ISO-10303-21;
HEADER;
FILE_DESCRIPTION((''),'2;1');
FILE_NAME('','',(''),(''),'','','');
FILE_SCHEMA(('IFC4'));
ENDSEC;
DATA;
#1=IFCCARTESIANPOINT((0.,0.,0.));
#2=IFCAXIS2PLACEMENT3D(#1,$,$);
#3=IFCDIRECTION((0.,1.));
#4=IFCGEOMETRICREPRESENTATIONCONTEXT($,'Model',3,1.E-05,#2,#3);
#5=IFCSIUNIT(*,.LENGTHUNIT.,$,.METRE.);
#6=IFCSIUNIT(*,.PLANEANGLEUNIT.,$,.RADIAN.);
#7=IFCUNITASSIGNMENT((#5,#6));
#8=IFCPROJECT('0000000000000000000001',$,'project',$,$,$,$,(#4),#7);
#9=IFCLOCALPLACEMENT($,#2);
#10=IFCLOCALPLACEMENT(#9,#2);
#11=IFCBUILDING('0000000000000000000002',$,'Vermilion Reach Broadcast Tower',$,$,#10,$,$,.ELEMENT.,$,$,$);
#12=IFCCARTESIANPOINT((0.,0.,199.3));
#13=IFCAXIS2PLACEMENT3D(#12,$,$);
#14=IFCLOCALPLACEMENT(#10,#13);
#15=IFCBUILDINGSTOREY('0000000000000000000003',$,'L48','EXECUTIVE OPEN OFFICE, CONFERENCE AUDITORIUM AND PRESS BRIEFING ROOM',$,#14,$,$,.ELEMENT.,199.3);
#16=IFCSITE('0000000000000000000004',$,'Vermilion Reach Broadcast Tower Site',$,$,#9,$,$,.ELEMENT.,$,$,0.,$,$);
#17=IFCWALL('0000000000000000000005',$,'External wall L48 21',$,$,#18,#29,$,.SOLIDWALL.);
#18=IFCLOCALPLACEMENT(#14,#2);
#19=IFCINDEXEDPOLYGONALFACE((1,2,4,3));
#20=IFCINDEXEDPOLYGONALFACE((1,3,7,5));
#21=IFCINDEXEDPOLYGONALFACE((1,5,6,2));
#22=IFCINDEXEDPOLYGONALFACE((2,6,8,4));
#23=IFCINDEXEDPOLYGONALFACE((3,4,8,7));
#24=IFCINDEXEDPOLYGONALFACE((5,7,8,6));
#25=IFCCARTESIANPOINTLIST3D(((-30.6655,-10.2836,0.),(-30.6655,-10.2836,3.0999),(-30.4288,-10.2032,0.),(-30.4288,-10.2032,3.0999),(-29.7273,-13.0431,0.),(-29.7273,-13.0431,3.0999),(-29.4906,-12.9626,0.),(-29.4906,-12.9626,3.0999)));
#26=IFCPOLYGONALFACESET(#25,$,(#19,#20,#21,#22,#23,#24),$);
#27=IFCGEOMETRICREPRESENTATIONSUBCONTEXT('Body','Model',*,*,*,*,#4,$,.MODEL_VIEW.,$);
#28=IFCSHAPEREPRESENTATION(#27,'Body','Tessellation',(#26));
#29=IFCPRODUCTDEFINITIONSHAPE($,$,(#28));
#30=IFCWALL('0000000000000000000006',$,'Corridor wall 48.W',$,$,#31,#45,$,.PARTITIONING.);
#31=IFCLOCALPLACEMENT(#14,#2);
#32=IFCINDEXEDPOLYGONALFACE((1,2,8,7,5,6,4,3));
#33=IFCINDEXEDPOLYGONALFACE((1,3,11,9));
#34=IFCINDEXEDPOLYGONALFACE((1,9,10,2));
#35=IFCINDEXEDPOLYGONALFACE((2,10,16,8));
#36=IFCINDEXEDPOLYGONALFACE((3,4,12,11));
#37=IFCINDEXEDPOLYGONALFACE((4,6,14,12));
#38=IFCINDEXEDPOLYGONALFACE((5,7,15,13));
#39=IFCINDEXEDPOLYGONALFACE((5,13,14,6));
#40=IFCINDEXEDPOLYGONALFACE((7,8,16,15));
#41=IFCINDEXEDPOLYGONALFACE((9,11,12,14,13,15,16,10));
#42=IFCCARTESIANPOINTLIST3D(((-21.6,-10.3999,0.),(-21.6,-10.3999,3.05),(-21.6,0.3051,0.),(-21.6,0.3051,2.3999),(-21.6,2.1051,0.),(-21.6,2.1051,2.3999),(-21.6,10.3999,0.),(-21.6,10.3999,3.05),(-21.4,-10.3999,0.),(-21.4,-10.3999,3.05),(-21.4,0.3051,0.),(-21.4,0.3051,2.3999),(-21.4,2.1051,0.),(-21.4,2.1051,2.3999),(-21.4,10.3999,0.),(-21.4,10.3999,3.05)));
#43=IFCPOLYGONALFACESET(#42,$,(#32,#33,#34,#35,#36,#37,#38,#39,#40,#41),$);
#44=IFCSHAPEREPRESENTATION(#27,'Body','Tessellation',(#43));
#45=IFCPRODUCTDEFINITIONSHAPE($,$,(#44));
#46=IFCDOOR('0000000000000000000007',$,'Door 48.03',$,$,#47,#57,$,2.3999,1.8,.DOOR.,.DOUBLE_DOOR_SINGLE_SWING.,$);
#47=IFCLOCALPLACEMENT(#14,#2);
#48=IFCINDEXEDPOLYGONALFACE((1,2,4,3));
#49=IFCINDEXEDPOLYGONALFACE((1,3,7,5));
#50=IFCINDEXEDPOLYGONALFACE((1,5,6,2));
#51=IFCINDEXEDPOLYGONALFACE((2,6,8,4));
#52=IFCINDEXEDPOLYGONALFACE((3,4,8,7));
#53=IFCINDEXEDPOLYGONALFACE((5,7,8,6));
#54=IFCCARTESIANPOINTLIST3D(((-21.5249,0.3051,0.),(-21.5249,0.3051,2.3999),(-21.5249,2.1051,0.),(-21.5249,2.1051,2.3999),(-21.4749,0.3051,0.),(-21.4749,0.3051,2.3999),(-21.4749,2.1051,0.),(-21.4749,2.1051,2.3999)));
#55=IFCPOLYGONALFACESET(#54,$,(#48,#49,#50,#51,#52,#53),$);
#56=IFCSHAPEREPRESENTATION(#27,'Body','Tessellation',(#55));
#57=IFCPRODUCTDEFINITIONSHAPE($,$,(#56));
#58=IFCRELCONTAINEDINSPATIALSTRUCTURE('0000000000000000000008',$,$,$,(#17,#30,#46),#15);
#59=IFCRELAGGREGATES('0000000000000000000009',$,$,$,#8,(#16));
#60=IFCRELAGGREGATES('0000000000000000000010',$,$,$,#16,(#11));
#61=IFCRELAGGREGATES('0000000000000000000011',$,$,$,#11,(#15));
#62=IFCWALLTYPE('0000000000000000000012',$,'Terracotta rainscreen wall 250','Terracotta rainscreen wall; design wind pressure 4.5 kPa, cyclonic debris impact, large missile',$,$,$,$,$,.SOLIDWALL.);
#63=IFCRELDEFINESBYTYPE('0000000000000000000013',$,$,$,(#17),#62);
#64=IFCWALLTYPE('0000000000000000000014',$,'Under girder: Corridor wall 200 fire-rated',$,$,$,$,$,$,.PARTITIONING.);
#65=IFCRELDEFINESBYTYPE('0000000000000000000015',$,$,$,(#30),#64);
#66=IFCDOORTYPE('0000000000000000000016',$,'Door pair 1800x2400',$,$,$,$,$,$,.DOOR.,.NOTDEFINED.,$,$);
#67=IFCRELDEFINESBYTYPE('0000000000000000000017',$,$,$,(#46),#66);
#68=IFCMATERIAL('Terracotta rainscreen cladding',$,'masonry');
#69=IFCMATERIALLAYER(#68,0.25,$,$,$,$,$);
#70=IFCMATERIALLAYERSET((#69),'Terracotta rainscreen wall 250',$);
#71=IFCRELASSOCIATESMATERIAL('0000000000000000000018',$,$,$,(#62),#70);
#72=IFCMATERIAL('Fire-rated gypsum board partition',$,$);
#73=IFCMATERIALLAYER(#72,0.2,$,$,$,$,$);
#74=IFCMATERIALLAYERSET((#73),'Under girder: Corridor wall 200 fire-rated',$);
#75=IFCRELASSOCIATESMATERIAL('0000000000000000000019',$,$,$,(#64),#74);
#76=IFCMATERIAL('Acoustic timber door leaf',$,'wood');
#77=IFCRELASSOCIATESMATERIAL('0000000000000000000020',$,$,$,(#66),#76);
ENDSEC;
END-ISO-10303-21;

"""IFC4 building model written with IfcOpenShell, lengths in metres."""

from ifc_helpers import new_model, si_unit, direction, frame, frame_2d, origin, place, context, subcontext, project, spatial, rectangle, extrude, material, layer, layer_set, type_object, element, fill, save


model = new_model("IFC4")

# Units and contexts
model_context = context("Model", 3, precision=1e-05, world=origin(), true_north=direction((0.0, 1.0)))
body_context = subcontext(model_context, "Body", "Model", "MODEL_VIEW")
ifc_project = project(units=[si_unit("LENGTHUNIT", "METRE"), si_unit("PLANEANGLEUNIT", "RADIAN")], contexts=[model_context])

# Site, building, storey
site_placement = place(None, origin())
site = spatial("IfcSite", under=ifc_project, at=site_placement, Name="Vermilion Reach Broadcast Tower Site", CompositionType="ELEMENT", RefElevation=0.0)
building_placement = place(site_placement, origin())
building = spatial("IfcBuilding", under=site, at=building_placement, Name="Vermilion Reach Broadcast Tower", CompositionType="ELEMENT")
storey_placement = place(building_placement, frame((0.0, 0.0, 199.3)))
storey = spatial("IfcBuildingStorey", under=building, at=storey_placement, Name="L48", Description="EXECUTIVE OPEN OFFICE, CONFERENCE AUDITORIUM AND PRESS BRIEFING ROOM", CompositionType="ELEMENT", Elevation=199.3)

# Shared definitions
ifc_material_1 = material(Name="Terracotta rainscreen cladding", Category="masonry")
ifc_layer_1 = layer(ifc_material_1, 0.25)
ifc_layer_set_1 = layer_set([ifc_layer_1], Name="Terracotta rainscreen wall 250")
wall_type_1 = type_object("IfcWallType", Name="Terracotta rainscreen wall 250", Description="Terracotta rainscreen wall; design wind pressure 4.5 kPa, cyclonic debris impact, large missile", PredefinedType="SOLIDWALL", material=ifc_layer_set_1)

# Wall
wall_1_placement = place(storey_placement, frame((-30.5471, -10.2434, 0.0), z_axis=(0.0, 0.0, 1.0), x_axis=(0.321901, -0.946773, 0.0)))
element("IfcWall", 1, at=wall_1_placement, inside=storey, type_object=wall_type_1, Name="External wall L48 21", PredefinedType="SOLIDWALL", context=body_context, shape_type="SweptSolid", body=[
    extrude(rectangle(XDim=2.9146, YDim=0.25, at=frame_2d((1.4573, 0.0))), origin(), (0.0, 0.0, 1.0), 3.0999),
])

# Wall, opening, door
ifc_material_2 = material(Name="Fire-rated gypsum board partition")
ifc_layer_2 = layer(ifc_material_2, 0.2)
ifc_layer_set_2 = layer_set([ifc_layer_2], Name="Under girder: Corridor wall 200 fire-rated")
wall_type_2 = type_object("IfcWallType", Name="Under girder: Corridor wall 200 fire-rated", PredefinedType="PARTITIONING", material=ifc_layer_set_2)
wall_2_placement = place(storey_placement, frame((-21.5, -10.3999, 0.0), z_axis=(0.0, 0.0, 1.0), x_axis=(0.0, 1.0, 0.0)))
wall_2 = element("IfcWall", 2, at=wall_2_placement, inside=storey, type_object=wall_type_2, Name="Corridor wall 48.W", PredefinedType="PARTITIONING", context=body_context, shape_type="SweptSolid", body=[
    extrude(rectangle(XDim=20.7998, YDim=0.2, at=frame_2d((10.3999, 0.0))), origin(), (0.0, 0.0, 1.0), 3.05),
])
opening_1_placement = place(wall_2_placement, frame((10.7051, 0.0, 0.0)))
opening_1 = element("IfcOpeningElement", 3, at=opening_1_placement, cuts=wall_2, PredefinedType="OPENING", context=body_context, shape_type="SweptSolid", body=[
    extrude(rectangle(XDim=1.8, YDim=2.3999, at=frame_2d((0.8999, 1.2))), frame((0.0, 0.1099, 0.0), z_axis=(0.0, -1.0, 0.0), x_axis=(1.0, 0.0, 0.0)), (0.0, 0.0, 1.0), 0.22),
])
ifc_material_3 = material(Name="Acoustic timber door leaf", Category="wood")
door_type_1 = type_object("IfcDoorType", Name="Door pair 1800x2400", OperationType="NOTDEFINED", PredefinedType="DOOR", material=ifc_material_3)
door_1_placement = place(opening_1_placement, origin())
door_1 = element("IfcDoor", 4, at=door_1_placement, inside=storey, type_object=door_type_1, Name="Door 48.03", OperationType="DOUBLE_DOOR_SINGLE_SWING", OverallHeight=2.3999, OverallWidth=1.8, PredefinedType="DOOR", context=body_context, shape_type="SweptSolid", body=[
    extrude(rectangle(XDim=1.8, YDim=2.3999, at=frame_2d((0.8999, 1.2))), frame((0.0, 0.0249, 0.0), z_axis=(0.0, -1.0, 0.0), x_axis=(1.0, 0.0, 0.0)), (0.0, 0.0, 1.0), 0.05),
])
fill(opening_1, door_1)

save(model, "model.ifc")
